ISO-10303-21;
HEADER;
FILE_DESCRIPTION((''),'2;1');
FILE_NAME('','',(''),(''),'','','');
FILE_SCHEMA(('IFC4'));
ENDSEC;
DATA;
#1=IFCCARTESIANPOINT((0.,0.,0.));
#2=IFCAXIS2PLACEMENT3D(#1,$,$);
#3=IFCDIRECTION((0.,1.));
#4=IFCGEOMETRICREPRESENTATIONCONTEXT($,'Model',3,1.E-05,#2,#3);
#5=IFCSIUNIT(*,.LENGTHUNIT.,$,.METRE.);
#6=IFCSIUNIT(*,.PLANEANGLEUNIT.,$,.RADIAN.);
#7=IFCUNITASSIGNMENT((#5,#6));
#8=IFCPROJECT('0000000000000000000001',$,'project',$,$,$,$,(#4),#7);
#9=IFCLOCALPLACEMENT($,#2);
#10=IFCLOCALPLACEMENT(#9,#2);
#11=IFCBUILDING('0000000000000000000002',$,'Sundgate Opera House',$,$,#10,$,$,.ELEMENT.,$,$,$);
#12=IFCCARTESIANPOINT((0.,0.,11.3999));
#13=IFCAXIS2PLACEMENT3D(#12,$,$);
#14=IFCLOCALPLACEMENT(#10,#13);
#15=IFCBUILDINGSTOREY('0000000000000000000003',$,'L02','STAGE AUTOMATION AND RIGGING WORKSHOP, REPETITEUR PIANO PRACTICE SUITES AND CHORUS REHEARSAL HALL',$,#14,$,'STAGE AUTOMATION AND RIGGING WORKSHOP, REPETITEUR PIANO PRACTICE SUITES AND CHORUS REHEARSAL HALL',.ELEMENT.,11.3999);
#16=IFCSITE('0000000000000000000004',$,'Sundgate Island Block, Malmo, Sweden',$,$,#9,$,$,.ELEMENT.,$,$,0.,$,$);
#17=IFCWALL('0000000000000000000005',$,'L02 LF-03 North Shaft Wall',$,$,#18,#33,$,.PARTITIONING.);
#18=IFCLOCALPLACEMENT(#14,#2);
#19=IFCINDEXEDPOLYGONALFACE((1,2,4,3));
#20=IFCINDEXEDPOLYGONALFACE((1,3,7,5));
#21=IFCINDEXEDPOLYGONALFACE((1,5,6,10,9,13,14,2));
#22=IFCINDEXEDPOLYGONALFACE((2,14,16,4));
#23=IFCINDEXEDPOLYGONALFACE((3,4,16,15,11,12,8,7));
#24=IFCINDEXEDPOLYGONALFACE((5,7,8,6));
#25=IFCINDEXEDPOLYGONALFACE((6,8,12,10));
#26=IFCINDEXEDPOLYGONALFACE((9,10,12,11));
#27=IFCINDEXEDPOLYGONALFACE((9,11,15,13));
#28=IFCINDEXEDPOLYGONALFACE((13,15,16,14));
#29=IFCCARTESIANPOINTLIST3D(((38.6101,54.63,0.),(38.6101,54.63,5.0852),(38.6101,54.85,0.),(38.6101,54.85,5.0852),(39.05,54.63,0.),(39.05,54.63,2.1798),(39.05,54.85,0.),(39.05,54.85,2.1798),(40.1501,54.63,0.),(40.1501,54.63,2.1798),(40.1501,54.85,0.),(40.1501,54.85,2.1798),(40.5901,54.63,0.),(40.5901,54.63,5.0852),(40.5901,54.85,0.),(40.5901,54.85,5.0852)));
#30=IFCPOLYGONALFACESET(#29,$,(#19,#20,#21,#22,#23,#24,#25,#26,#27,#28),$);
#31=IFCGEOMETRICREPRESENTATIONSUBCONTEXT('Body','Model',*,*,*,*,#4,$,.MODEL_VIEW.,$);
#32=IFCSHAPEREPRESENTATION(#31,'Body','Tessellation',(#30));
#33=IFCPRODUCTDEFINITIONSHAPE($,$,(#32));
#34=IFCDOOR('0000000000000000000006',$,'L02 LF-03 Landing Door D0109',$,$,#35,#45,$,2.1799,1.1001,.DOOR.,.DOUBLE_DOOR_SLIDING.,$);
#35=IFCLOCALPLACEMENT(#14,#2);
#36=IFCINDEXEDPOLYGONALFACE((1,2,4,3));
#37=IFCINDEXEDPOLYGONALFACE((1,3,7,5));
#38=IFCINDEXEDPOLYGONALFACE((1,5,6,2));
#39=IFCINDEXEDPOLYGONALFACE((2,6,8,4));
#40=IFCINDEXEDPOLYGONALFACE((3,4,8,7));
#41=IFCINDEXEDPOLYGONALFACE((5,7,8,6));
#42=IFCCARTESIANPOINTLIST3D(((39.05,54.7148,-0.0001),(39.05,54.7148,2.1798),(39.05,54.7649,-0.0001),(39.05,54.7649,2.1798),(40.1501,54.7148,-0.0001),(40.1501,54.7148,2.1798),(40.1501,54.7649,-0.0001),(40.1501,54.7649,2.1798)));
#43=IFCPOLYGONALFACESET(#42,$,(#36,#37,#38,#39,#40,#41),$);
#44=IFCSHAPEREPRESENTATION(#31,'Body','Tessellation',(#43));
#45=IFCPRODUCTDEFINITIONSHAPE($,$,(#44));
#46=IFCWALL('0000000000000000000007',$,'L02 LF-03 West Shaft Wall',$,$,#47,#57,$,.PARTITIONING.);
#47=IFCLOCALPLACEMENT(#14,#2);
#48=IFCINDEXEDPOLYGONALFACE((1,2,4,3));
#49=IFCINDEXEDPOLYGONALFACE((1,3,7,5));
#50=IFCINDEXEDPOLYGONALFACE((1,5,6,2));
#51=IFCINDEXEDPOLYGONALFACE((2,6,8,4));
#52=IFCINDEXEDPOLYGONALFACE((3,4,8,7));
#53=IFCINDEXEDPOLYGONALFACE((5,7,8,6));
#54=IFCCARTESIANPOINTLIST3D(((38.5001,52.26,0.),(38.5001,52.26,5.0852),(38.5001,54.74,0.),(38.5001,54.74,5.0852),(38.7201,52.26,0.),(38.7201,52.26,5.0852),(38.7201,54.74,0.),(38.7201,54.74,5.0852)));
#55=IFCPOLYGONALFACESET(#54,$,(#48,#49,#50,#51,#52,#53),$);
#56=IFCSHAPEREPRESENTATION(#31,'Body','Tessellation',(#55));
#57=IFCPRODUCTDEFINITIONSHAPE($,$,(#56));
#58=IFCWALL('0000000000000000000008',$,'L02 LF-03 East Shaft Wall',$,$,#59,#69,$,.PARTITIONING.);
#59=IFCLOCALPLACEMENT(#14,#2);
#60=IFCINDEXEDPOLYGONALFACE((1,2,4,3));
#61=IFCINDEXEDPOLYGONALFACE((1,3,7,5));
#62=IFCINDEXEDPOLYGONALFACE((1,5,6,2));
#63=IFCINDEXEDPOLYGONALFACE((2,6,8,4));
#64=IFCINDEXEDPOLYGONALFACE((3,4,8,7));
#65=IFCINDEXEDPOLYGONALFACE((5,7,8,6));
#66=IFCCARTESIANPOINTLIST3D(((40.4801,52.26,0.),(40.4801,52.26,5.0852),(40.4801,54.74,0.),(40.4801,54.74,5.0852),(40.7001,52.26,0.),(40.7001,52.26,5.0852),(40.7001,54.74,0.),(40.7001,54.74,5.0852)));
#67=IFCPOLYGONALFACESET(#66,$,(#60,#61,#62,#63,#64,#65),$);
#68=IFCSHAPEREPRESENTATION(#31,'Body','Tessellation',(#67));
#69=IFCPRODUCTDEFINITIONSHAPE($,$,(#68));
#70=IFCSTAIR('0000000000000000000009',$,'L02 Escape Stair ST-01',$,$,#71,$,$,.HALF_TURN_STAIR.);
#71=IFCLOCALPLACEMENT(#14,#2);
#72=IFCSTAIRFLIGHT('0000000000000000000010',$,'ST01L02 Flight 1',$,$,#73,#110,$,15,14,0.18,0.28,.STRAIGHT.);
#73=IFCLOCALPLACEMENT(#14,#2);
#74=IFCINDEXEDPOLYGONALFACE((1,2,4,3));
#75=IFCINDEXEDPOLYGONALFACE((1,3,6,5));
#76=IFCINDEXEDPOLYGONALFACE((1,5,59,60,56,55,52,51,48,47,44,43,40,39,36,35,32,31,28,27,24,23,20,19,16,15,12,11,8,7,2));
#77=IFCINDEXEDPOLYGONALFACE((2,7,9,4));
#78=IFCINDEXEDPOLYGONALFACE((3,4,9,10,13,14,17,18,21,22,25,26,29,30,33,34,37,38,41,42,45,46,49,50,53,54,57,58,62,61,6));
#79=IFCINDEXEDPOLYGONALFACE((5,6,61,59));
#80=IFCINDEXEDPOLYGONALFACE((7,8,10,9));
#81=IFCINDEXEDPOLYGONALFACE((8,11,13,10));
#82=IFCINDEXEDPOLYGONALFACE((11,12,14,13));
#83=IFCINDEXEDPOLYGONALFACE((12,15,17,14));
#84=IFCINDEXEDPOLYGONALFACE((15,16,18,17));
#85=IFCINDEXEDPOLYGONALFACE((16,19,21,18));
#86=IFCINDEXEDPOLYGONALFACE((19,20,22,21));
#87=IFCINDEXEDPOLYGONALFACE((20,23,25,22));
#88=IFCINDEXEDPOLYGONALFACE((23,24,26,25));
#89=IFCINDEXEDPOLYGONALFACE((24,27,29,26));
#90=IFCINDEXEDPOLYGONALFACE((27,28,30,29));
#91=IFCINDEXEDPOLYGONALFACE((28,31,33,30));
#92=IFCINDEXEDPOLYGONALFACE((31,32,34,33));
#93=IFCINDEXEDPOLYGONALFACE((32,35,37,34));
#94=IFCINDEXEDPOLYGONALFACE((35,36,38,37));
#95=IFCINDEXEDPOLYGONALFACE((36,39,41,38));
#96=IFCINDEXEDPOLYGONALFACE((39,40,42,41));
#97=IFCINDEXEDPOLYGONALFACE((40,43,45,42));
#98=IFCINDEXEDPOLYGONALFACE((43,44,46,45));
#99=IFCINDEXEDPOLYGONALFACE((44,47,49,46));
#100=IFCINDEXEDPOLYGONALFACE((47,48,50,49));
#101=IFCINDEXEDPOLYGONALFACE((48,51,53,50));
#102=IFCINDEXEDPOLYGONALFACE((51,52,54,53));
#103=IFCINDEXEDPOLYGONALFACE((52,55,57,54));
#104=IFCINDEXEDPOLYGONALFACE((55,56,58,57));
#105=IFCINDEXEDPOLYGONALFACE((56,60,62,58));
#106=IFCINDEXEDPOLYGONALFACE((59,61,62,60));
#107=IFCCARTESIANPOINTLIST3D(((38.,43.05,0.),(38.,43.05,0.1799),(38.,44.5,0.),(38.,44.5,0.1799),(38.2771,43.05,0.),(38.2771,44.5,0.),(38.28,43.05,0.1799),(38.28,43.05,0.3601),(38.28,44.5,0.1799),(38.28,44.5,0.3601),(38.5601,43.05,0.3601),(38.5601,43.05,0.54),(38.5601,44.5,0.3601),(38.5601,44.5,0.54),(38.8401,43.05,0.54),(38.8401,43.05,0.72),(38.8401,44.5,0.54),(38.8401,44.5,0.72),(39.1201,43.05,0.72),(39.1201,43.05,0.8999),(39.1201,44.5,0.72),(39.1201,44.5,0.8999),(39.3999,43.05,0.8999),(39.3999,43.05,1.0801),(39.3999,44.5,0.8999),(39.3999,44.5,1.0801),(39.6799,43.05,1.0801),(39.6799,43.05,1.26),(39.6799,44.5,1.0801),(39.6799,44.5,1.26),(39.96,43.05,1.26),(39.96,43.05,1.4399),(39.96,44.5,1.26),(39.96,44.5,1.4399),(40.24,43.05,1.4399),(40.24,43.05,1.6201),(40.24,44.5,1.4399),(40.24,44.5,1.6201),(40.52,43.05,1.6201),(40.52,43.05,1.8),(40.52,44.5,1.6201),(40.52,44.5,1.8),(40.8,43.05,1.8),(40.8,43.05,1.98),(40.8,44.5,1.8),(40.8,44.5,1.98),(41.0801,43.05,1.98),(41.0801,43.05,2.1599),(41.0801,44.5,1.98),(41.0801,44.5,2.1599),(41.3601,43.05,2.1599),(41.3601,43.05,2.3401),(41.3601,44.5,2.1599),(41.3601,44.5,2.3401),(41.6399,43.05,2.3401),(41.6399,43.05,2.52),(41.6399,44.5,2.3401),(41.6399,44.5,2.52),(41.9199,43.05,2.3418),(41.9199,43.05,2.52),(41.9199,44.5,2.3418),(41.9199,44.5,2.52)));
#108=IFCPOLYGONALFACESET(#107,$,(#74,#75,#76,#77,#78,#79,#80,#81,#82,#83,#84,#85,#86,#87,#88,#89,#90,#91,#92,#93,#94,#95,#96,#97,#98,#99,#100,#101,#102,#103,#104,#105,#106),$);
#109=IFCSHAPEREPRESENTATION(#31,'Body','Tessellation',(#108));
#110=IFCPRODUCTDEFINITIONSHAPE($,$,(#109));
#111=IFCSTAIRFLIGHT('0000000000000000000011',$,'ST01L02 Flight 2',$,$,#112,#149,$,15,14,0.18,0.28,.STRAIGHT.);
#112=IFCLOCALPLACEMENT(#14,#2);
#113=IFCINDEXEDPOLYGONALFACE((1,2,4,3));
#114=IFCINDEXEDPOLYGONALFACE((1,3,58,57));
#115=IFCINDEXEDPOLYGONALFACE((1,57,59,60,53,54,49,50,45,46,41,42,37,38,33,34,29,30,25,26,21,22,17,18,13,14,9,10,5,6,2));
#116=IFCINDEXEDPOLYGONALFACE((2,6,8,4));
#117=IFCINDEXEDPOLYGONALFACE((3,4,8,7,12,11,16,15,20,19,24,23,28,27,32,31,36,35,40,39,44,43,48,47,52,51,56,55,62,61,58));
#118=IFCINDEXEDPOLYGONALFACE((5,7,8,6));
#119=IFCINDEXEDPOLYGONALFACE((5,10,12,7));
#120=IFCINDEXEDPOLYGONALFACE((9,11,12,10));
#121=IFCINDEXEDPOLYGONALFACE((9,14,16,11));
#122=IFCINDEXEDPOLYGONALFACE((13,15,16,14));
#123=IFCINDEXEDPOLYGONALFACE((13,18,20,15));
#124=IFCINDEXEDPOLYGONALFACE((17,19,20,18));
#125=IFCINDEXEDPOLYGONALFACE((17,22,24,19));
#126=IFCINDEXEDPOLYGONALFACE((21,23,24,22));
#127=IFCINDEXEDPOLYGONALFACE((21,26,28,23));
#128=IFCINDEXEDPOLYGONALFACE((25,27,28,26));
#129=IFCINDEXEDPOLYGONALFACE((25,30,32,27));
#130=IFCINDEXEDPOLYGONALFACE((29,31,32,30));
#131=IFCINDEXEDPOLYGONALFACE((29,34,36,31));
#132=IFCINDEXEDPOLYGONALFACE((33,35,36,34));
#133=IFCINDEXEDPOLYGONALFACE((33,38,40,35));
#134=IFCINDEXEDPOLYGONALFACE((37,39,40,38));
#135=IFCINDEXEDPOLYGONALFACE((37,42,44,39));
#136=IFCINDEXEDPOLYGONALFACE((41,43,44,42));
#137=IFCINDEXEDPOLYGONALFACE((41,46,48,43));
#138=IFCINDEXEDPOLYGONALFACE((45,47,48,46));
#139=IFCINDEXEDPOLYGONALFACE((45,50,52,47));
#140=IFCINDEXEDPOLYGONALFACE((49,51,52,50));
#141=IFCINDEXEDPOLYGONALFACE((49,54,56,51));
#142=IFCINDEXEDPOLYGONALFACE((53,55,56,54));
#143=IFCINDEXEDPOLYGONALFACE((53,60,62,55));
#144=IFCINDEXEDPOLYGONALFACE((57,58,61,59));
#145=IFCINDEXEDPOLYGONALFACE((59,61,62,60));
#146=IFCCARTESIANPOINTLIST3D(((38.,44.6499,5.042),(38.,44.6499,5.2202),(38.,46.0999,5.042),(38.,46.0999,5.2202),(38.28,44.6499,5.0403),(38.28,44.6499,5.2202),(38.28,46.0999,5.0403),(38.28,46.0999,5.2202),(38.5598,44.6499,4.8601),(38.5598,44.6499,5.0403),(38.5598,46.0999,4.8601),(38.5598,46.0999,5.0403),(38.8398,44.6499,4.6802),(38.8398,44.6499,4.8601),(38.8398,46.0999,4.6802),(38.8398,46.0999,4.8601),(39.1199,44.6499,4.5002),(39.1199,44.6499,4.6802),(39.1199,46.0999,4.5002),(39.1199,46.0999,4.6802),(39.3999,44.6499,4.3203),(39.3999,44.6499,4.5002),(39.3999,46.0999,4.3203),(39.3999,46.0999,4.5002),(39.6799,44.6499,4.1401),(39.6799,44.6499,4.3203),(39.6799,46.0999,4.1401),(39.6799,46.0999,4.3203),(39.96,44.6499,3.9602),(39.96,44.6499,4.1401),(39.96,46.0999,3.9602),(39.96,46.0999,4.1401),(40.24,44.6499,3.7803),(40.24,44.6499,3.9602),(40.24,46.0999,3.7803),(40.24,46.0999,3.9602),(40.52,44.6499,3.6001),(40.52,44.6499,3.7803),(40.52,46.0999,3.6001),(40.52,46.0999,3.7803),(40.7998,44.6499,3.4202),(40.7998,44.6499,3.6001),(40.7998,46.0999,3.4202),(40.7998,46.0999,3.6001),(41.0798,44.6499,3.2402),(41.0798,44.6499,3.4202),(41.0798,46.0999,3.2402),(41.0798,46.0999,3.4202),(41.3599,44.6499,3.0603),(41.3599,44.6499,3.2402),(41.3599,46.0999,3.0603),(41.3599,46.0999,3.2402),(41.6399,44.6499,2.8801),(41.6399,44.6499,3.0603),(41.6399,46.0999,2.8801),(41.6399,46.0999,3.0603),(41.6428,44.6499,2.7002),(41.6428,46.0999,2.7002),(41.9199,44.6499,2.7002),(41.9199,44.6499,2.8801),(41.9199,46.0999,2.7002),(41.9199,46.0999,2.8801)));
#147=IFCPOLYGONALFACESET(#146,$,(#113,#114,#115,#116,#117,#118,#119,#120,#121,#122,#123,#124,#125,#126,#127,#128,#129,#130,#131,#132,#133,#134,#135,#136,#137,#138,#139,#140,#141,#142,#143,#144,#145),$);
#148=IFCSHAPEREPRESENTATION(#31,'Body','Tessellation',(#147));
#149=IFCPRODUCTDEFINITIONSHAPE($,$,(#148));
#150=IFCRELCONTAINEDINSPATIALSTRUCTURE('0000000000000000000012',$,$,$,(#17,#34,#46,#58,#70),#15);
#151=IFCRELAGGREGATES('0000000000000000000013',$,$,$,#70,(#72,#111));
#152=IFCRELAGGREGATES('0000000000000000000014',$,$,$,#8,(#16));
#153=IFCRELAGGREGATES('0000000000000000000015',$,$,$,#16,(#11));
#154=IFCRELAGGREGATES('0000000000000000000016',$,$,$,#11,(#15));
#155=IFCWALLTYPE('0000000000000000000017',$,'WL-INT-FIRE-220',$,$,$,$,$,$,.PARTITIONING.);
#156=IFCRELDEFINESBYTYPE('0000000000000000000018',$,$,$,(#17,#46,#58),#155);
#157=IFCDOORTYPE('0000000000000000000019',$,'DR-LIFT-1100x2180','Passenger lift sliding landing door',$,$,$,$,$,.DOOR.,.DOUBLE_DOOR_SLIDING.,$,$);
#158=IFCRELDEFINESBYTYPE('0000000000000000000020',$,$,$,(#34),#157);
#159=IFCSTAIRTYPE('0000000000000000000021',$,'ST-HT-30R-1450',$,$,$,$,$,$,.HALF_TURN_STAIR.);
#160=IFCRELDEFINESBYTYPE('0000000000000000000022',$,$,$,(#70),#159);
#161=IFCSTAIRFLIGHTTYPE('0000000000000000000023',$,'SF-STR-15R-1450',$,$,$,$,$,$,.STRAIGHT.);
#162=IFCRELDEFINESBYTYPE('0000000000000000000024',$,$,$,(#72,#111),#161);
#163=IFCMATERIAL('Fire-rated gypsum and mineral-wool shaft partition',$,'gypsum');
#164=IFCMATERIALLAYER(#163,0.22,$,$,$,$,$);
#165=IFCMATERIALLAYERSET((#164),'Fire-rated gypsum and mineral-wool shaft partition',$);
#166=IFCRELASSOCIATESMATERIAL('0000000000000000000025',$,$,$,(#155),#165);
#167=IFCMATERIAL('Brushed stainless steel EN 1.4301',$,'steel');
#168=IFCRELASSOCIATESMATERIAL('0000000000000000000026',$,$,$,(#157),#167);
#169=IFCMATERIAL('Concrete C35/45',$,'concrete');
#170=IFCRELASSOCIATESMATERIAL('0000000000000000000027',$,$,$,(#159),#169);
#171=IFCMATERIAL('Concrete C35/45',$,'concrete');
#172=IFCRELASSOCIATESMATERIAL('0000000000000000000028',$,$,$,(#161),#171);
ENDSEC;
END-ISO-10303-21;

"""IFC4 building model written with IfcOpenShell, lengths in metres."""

from ifc_helpers import new_model, si_unit, direction, frame, frame_2d, origin, place, context, subcontext, project, spatial, polyline, rectangle, outline, extrude, material, layer, layer_set, type_object, element, fill, aggregate, save


model = new_model("IFC4")

# Units and contexts
model_context = context("Model", 3, precision=1e-05, world=origin(), true_north=direction((0.0, 1.0)))
body_context = subcontext(model_context, "Body", "Model", "MODEL_VIEW")
ifc_project = project(units=[si_unit("LENGTHUNIT", "METRE"), si_unit("PLANEANGLEUNIT", "RADIAN")], contexts=[model_context])

# Site, building, storey
site_placement = place(None, origin())
site = spatial("IfcSite", under=ifc_project, at=site_placement, Name="Sundgate Island Block, Malmo, Sweden", CompositionType="ELEMENT", RefElevation=0.0)
building_placement = place(site_placement, origin())
building = spatial("IfcBuilding", under=site, at=building_placement, Name="Sundgate Opera House", CompositionType="ELEMENT")
storey_placement = place(building_placement, frame((0.0, 0.0, 11.3999)))
storey = spatial("IfcBuildingStorey", under=building, at=storey_placement, Name="L02", Description="STAGE AUTOMATION AND RIGGING WORKSHOP, REPETITEUR PIANO PRACTICE SUITES AND CHORUS REHEARSAL HALL", LongName="STAGE AUTOMATION AND RIGGING WORKSHOP, REPETITEUR PIANO PRACTICE SUITES AND CHORUS REHEARSAL HALL", CompositionType="ELEMENT", Elevation=11.3999)

# Shared definitions
ifc_material_1 = material(Name="Fire-rated gypsum and mineral-wool shaft partition", Category="gypsum")
ifc_layer_1 = layer(ifc_material_1, 0.22)
ifc_layer_set_1 = layer_set([ifc_layer_1], Name="Fire-rated gypsum and mineral-wool shaft partition")
wall_type_1 = type_object("IfcWallType", Name="WL-INT-FIRE-220", PredefinedType="PARTITIONING", material=ifc_layer_set_1)

# Wall, opening, door
wall_1_placement = place(storey_placement, frame((38.6101, 54.74, 0.0), z_axis=(0.0, 0.0, 1.0), x_axis=(1.0, 0.0, 0.0)))
wall_1 = element("IfcWall", 1, at=wall_1_placement, inside=storey, type_object=wall_type_1, Name="L02 LF-03 North Shaft Wall", PredefinedType="PARTITIONING", context=body_context, shape_type="SweptSolid", body=[
    extrude(rectangle(XDim=1.98, YDim=0.22, at=frame_2d((0.99, 0.0))), origin(), (0.0, 0.0, 1.0), 5.0852),
])
opening_1_placement = place(wall_1_placement, frame((0.4399, 0.0, 0.0)))
opening_1 = element("IfcOpeningElement", 2, at=opening_1_placement, cuts=wall_1, PredefinedType="OPENING", context=body_context, shape_type="SweptSolid", body=[
    extrude(rectangle(XDim=1.1001, YDim=2.1799, at=frame_2d((0.55, 1.0898))), frame((0.0, 0.1199, 0.0), z_axis=(0.0, -1.0, 0.0), x_axis=(1.0, 0.0, 0.0)), (0.0, 0.0, 1.0), 0.24),
])
ifc_material_2 = material(Name="Brushed stainless steel EN 1.4301", Category="steel")
door_type_1 = type_object("IfcDoorType", Name="DR-LIFT-1100x2180", Description="Passenger lift sliding landing door", OperationType="DOUBLE_DOOR_SLIDING", PredefinedType="DOOR", material=ifc_material_2)
door_1_placement = place(opening_1_placement, origin())
door_1 = element("IfcDoor", 3, at=door_1_placement, inside=storey, type_object=door_type_1, Name="L02 LF-03 Landing Door D0109", OperationType="DOUBLE_DOOR_SLIDING", OverallHeight=2.1799, OverallWidth=1.1001, PredefinedType="DOOR", context=body_context, shape_type="SweptSolid", body=[
    extrude(rectangle(XDim=1.1001, YDim=2.1799, at=frame_2d((0.55, 1.0898))), frame((0.0, 0.0249, 0.0), z_axis=(0.0, -1.0, 0.0), x_axis=(1.0, 0.0, 0.0)), (0.0, 0.0, 1.0), 0.05),
])
fill(opening_1, door_1)

# Walls
for number, where, z_axis, x_axis, name in (
    (4, (38.6101, 52.26, 0.0), (0.0, 0.0, 1.0), (0.0, 1.0, 0.0), "L02 LF-03 West Shaft Wall"),
    (5, (40.5901, 52.26, 0.0), (0.0, 0.0, 1.0), (0.0, 1.0, 0.0), "L02 LF-03 East Shaft Wall"),
):
    element("IfcWall", number, at=place(storey_placement, frame(where, z_axis=z_axis, x_axis=x_axis)), inside=storey, type_object=wall_type_1, Name=name, PredefinedType="PARTITIONING", context=body_context, shape_type="SweptSolid", body=[
        extrude(rectangle(XDim=2.48, YDim=0.22, at=frame_2d((1.24, 0.0))), origin(), (0.0, 0.0, 1.0), 5.0852),
    ])

# Stair, stair flights
ifc_material_3 = material(Name="Concrete C35/45", Category="concrete")
stair_type = type_object("IfcStairType", Name="ST-HT-30R-1450", PredefinedType="HALF_TURN_STAIR", material=ifc_material_3)
stair_placement = place(storey_placement, origin())
stair = element("IfcStair", 6, at=stair_placement, inside=storey, type_object=stair_type, Name="L02 Escape Stair ST-01", PredefinedType="HALF_TURN_STAIR")
ifc_material_4 = material(Name="Concrete C35/45", Category="concrete")
stair_flight_type = type_object("IfcStairFlightType", Name="SF-STR-15R-1450", PredefinedType="STRAIGHT", material=ifc_material_4)
stair_flight_1_placement = place(storey_placement, frame((38.0, 43.7749, 0.0), z_axis=(0.0, 0.0, 1.0), x_axis=(1.0, 0.0, 0.0)))
stair_flight_1 = element("IfcStairFlight", 7, at=stair_flight_1_placement, type_object=stair_flight_type, Name="ST01L02 Flight 1", NumberOfRisers=15, NumberOfTreads=14, PredefinedType="STRAIGHT", RiserHeight=0.18, TreadLength=0.28, context=body_context, shape_type="SweptSolid", body=[
    extrude(outline(polyline([(0.0, 0.0), (0.0, 0.1799), (0.28, 0.1799), (0.28, 0.3601), (0.5601, 0.3601), (0.5601, 0.54), (0.8401, 0.54), (0.8401, 0.72), (1.1201, 0.72), (1.1201, 0.8999), (1.3999, 0.8999), (1.3999, 1.0801), (1.6799, 1.0801), (1.6799, 1.26), (1.96, 1.26), (1.96, 1.4399), (2.24, 1.4399), (2.24, 1.6201), (2.52, 1.6201), (2.52, 1.8), (2.8, 1.8), (2.8, 1.98), (3.0801, 1.98), (3.0801, 2.1599), (3.3601, 2.1599), (3.3601, 2.3401), (3.6399, 2.3401), (3.6399, 2.52), (3.9199, 2.52), (3.9199, 2.7), (3.9199, 2.3418), (0.2771, 0.0), (0.0, 0.0)])), frame((0.0, 0.7251, 0.0), z_axis=(0.0, -1.0, 0.0), x_axis=(1.0, 0.0, 0.0)), (0.0, 0.0, 1.0), 1.45),
])
stair_flight_2_placement = place(storey_placement, frame((41.9199, 45.375, 2.7002), z_axis=(0.0, 0.0, 1.0), x_axis=(-1.0, 0.0, 0.0)))
stair_flight_2 = element("IfcStairFlight", 8, at=stair_flight_2_placement, type_object=stair_flight_type, Name="ST01L02 Flight 2", NumberOfRisers=15, NumberOfTreads=14, PredefinedType="STRAIGHT", RiserHeight=0.18, TreadLength=0.28, context=body_context, shape_type="SweptSolid", body=[
    extrude(outline(polyline([(0.0, 0.0), (0.0, 0.1799), (0.28, 0.1799), (0.28, 0.3601), (0.5601, 0.3601), (0.5601, 0.54), (0.8401, 0.54), (0.8401, 0.72), (1.1201, 0.72), (1.1201, 0.8999), (1.3999, 0.8999), (1.3999, 1.0801), (1.6799, 1.0801), (1.6799, 1.26), (1.96, 1.26), (1.96, 1.4399), (2.24, 1.4399), (2.24, 1.6201), (2.52, 1.6201), (2.52, 1.8), (2.8, 1.8), (2.8, 1.98), (3.0801, 1.98), (3.0801, 2.1599), (3.3601, 2.1599), (3.3601, 2.3401), (3.6399, 2.3401), (3.6399, 2.52), (3.9199, 2.52), (3.9199, 2.7), (3.9199, 2.3418), (0.2771, 0.0), (0.0, 0.0)])), frame((0.0, 0.7251, 0.0), z_axis=(0.0, -1.0, 0.0), x_axis=(1.0, 0.0, 0.0)), (0.0, 0.0, 1.0), 1.45),
])
aggregate(stair, [stair_flight_1, stair_flight_2])

save(model, "model.ifc")
